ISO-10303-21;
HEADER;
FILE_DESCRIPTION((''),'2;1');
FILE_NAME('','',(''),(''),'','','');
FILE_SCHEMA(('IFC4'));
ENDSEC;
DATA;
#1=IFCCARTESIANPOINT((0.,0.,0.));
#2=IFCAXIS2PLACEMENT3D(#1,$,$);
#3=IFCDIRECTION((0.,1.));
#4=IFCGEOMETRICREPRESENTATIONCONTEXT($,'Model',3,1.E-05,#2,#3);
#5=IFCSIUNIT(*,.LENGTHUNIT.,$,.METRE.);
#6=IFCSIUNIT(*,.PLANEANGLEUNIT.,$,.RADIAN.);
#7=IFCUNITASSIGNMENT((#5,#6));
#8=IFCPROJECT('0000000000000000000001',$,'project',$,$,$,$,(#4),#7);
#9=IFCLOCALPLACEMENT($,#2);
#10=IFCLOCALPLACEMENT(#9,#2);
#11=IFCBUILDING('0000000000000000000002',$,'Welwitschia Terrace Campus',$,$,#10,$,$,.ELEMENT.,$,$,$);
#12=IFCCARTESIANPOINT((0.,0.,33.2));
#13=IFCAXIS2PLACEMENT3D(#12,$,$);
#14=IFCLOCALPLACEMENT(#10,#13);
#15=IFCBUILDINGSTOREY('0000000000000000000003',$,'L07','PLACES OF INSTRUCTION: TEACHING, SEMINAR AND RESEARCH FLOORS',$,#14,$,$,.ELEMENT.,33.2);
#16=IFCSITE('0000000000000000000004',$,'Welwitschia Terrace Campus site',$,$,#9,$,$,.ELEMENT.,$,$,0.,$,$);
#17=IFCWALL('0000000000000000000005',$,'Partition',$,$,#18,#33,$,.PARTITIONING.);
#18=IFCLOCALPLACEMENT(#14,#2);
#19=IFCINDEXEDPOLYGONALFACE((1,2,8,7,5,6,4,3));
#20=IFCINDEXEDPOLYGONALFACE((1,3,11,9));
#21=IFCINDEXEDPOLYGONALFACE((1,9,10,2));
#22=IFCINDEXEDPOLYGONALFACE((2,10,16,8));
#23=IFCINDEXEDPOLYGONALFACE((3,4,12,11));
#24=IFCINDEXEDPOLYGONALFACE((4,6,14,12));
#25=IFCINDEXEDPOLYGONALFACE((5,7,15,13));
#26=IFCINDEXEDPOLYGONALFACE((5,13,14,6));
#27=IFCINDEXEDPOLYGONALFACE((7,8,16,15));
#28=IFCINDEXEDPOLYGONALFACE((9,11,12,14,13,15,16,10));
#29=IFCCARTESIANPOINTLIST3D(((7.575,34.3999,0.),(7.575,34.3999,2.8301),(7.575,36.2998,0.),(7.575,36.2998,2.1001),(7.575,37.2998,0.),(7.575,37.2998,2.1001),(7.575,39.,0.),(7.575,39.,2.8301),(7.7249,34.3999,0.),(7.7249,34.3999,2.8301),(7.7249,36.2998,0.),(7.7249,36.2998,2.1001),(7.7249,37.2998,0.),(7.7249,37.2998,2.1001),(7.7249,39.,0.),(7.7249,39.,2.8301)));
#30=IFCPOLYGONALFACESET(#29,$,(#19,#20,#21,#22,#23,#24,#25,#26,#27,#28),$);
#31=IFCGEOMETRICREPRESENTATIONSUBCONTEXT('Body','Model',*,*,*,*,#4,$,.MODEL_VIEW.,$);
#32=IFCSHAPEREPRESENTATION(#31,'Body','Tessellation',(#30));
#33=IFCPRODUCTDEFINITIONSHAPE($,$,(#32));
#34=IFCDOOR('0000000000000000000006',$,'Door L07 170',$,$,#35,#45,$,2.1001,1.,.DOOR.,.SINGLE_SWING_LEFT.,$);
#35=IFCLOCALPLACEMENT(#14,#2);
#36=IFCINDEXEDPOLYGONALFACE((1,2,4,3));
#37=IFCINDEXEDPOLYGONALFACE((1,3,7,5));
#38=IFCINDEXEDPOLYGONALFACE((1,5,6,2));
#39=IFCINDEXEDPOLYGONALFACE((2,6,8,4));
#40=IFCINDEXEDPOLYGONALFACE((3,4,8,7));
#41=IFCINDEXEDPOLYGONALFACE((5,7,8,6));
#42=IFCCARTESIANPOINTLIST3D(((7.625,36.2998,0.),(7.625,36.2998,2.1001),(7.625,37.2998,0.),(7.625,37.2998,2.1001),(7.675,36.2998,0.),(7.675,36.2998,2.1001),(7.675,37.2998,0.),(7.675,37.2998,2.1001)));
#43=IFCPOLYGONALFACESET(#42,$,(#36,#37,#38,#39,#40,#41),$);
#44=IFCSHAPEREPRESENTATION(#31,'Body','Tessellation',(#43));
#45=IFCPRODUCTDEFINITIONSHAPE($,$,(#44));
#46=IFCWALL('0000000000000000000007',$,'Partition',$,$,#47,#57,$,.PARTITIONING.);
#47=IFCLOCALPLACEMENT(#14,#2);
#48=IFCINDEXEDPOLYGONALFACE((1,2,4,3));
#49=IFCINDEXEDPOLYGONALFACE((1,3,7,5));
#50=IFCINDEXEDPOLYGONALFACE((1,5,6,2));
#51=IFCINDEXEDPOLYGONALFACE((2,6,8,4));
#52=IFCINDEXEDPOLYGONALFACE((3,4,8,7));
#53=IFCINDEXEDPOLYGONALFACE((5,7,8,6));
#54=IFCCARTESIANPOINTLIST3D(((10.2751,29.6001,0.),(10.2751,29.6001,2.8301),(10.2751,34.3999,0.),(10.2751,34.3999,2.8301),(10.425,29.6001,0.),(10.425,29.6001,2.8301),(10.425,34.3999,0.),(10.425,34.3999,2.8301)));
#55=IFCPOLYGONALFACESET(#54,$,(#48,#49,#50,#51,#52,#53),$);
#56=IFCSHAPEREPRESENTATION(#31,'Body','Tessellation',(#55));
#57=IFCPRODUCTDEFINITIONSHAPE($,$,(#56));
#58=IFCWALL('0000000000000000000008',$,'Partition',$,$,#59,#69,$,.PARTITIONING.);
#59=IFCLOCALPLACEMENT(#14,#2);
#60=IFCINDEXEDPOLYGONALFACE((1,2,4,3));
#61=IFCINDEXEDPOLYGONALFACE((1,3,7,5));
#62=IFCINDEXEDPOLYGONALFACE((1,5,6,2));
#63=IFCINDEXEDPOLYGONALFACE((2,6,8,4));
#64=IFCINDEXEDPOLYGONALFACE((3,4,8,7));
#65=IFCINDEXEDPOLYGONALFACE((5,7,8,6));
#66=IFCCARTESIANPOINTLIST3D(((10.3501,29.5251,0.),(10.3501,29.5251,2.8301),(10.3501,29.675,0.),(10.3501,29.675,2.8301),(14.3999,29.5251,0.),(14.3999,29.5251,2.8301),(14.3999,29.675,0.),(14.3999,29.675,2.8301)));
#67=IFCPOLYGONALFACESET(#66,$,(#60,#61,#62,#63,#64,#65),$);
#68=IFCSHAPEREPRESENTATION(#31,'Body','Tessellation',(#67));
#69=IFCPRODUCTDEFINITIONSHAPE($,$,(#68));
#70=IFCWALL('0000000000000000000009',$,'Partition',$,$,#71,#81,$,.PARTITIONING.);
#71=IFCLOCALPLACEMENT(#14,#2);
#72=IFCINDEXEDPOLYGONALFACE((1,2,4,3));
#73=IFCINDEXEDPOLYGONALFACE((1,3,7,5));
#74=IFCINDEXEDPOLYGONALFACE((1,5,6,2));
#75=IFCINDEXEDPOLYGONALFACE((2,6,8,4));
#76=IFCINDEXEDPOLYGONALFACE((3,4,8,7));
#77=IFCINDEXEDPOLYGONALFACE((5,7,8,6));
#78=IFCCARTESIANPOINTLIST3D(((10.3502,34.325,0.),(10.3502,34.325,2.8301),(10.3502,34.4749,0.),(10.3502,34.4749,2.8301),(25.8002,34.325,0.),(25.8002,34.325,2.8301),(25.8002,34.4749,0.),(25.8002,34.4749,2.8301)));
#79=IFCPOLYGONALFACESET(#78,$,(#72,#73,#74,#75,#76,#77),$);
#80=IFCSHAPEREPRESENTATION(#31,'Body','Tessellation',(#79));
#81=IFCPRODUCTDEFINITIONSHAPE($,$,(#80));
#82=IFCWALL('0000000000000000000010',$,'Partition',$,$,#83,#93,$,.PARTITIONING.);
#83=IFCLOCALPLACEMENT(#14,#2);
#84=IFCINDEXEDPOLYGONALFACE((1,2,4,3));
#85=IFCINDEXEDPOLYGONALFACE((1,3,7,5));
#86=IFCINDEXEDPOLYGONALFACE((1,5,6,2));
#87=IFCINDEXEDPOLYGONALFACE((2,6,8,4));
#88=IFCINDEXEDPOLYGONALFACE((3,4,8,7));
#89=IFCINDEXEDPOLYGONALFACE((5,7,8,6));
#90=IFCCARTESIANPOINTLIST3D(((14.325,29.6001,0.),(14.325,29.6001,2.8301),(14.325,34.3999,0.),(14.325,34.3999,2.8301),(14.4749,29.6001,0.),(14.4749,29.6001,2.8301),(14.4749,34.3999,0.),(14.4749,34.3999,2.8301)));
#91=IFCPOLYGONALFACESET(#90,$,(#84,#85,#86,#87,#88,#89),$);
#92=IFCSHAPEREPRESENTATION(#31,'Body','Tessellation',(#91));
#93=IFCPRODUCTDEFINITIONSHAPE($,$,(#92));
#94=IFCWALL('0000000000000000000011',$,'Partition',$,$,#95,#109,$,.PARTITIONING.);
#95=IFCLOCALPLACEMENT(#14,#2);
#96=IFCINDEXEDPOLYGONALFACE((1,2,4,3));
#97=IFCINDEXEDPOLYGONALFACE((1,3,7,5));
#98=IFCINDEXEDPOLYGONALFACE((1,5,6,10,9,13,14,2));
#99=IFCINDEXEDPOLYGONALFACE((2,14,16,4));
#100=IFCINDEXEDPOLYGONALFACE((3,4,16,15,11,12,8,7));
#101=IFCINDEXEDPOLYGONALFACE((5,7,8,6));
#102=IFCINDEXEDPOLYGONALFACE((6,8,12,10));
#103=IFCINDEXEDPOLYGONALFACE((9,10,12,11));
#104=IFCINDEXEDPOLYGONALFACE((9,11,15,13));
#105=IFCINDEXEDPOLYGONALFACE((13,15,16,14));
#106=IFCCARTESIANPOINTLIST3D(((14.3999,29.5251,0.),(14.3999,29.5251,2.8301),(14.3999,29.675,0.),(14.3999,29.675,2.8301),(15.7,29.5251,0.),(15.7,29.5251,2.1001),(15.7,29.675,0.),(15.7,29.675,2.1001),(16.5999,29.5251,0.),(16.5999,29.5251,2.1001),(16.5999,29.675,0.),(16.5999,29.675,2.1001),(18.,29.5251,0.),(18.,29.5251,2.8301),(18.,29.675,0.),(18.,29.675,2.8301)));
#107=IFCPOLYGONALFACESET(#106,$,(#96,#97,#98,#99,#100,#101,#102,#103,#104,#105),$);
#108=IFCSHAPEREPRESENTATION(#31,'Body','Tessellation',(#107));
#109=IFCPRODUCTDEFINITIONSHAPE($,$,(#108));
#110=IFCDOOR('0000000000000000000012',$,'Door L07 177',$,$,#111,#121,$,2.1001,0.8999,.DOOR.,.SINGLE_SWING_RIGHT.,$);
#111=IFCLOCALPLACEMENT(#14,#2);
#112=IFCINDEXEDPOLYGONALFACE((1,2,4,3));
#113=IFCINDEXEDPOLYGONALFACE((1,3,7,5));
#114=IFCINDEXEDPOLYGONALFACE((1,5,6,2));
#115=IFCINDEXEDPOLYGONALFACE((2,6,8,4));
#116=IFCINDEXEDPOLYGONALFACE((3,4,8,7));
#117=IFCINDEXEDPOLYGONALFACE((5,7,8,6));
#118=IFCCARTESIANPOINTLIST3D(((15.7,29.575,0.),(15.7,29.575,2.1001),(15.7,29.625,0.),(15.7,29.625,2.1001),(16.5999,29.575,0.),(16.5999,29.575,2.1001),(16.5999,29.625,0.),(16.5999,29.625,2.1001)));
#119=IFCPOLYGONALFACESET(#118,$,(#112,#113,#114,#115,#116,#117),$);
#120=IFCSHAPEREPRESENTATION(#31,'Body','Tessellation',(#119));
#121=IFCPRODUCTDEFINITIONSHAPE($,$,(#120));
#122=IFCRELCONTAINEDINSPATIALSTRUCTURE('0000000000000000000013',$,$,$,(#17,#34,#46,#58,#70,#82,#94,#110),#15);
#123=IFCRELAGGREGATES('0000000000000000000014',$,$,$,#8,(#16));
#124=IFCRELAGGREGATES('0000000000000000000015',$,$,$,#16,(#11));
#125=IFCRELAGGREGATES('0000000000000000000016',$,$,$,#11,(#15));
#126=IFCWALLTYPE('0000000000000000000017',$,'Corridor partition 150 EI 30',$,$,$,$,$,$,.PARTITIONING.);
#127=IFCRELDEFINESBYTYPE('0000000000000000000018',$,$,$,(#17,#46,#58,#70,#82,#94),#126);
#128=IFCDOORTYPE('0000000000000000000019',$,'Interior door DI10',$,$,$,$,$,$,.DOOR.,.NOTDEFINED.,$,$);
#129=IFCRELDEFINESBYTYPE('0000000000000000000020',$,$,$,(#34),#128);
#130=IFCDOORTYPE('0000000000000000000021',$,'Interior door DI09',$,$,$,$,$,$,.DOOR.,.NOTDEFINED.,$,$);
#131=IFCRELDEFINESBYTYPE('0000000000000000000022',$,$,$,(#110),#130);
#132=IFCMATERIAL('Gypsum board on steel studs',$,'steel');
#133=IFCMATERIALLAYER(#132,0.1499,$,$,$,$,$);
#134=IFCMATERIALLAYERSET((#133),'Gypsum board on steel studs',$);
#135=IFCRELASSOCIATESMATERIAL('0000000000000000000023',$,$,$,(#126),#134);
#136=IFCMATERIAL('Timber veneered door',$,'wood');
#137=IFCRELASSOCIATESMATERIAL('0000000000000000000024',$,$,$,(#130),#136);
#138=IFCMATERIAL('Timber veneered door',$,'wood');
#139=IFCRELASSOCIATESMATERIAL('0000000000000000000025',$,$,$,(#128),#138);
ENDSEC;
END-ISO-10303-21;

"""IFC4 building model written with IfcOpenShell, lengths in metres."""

from ifc_helpers import new_model, si_unit, direction, frame, frame_2d, origin, place, context, subcontext, project, spatial, rectangle, extrude, material, layer, layer_set, type_object, element, fill, save


model = new_model("IFC4")

# Units and contexts
model_context = context("Model", 3, precision=1e-05, world=origin(), true_north=direction((0.0, 1.0)))
body_context = subcontext(model_context, "Body", "Model", "MODEL_VIEW")
ifc_project = project(units=[si_unit("LENGTHUNIT", "METRE"), si_unit("PLANEANGLEUNIT", "RADIAN")], contexts=[model_context])

# Site, building, storey
site_placement = place(None, origin())
site = spatial("IfcSite", under=ifc_project, at=site_placement, Name="Welwitschia Terrace Campus site", CompositionType="ELEMENT", RefElevation=0.0)
building_placement = place(site_placement, origin())
building = spatial("IfcBuilding", under=site, at=building_placement, Name="Welwitschia Terrace Campus", CompositionType="ELEMENT")
storey_placement = place(building_placement, frame((0.0, 0.0, 33.2)))
storey = spatial("IfcBuildingStorey", under=building, at=storey_placement, Name="L07", Description="PLACES OF INSTRUCTION: TEACHING, SEMINAR AND RESEARCH FLOORS", CompositionType="ELEMENT", Elevation=33.2)

# Shared definitions
ifc_material_1 = material(Name="Gypsum board on steel studs", Category="steel")
ifc_layer_1 = layer(ifc_material_1, 0.1499)
ifc_layer_set_1 = layer_set([ifc_layer_1], Name="Gypsum board on steel studs")
wall_type = type_object("IfcWallType", Name="Corridor partition 150 EI 30", PredefinedType="PARTITIONING", material=ifc_layer_set_1)

# Wall, opening, door
ifc_material_2 = material(Name="Timber veneered door", Category="wood")
door_type_1 = type_object("IfcDoorType", Name="Interior door DI09", OperationType="NOTDEFINED", PredefinedType="DOOR", material=ifc_material_2)
wall_1_placement = place(storey_placement, frame((7.6499, 34.3999, 0.0), z_axis=(0.0, 0.0, 1.0), x_axis=(0.0, 1.0, 0.0)))
wall_1 = element("IfcWall", 1, at=wall_1_placement, inside=storey, type_object=wall_type, Name="Partition", PredefinedType="PARTITIONING", context=body_context, shape_type="SweptSolid", body=[
    extrude(rectangle(XDim=4.6001, YDim=0.1499, at=frame_2d((2.3, 0.0))), origin(), (0.0, 0.0, 1.0), 2.8301),
])
opening_1_placement = place(wall_1_placement, frame((1.8999, 0.0, 0.0)))
opening_1 = element("IfcOpeningElement", 2, at=opening_1_placement, cuts=wall_1, PredefinedType="OPENING", context=body_context, shape_type="SweptSolid", body=[
    extrude(rectangle(XDim=1.0, YDim=2.1001, at=frame_2d((0.5, 1.05))), frame((0.0, 0.085, 0.0), z_axis=(0.0, -1.0, 0.0), x_axis=(1.0, 0.0, 0.0)), (0.0, 0.0, 1.0), 0.1699),
])
ifc_material_3 = material(Name="Timber veneered door", Category="wood")
door_type_2 = type_object("IfcDoorType", Name="Interior door DI10", OperationType="NOTDEFINED", PredefinedType="DOOR", material=ifc_material_3)
door_1_placement = place(opening_1_placement, origin())
door_1 = element("IfcDoor", 3, at=door_1_placement, inside=storey, type_object=door_type_2, Name="Door L07 170", OperationType="SINGLE_SWING_LEFT", OverallHeight=2.1001, OverallWidth=1.0, PredefinedType="DOOR", context=body_context, shape_type="SweptSolid", body=[
    extrude(rectangle(XDim=1.0, YDim=2.1001, at=frame_2d((0.5, 1.05))), frame((0.0, 0.0249, 0.0), z_axis=(0.0, -1.0, 0.0), x_axis=(1.0, 0.0, 0.0)), (0.0, 0.0, 1.0), 0.05),
])
fill(opening_1, door_1)

# Walls
wall_2_placement = place(storey_placement, frame((10.3501, 29.6001, 0.0), z_axis=(0.0, 0.0, 1.0), x_axis=(0.0, 1.0, 0.0)))
element("IfcWall", 4, at=wall_2_placement, inside=storey, type_object=wall_type, Name="Partition", PredefinedType="PARTITIONING", context=body_context, shape_type="SweptSolid", body=[
    extrude(rectangle(XDim=4.7998, YDim=0.1499, at=frame_2d((2.3999, 0.0))), origin(), (0.0, 0.0, 1.0), 2.8301),
])
wall_3_placement = place(storey_placement, frame((10.3501, 29.6001, 0.0), z_axis=(0.0, 0.0, 1.0), x_axis=(1.0, 0.0, 0.0)))
element("IfcWall", 5, at=wall_3_placement, inside=storey, type_object=wall_type, Name="Partition", PredefinedType="PARTITIONING", context=body_context, shape_type="SweptSolid", body=[
    extrude(rectangle(XDim=4.0498, YDim=0.1499, at=frame_2d((2.0249, 0.0))), origin(), (0.0, 0.0, 1.0), 2.8301),
])
wall_4_placement = place(storey_placement, frame((10.3501, 34.3999, 0.0), z_axis=(0.0, 0.0, 1.0), x_axis=(1.0, 0.0, 0.0)))
element("IfcWall", 6, at=wall_4_placement, inside=storey, type_object=wall_type, Name="Partition", PredefinedType="PARTITIONING", context=body_context, shape_type="SweptSolid", body=[
    extrude(rectangle(XDim=15.45, YDim=0.1499, at=frame_2d((7.7251, 0.0))), origin(), (0.0, 0.0, 1.0), 2.8301),
])
wall_5_placement = place(storey_placement, frame((14.3999, 29.6001, 0.0), z_axis=(0.0, 0.0, 1.0), x_axis=(0.0, 1.0, 0.0)))
element("IfcWall", 7, at=wall_5_placement, inside=storey, type_object=wall_type, Name="Partition", PredefinedType="PARTITIONING", context=body_context, shape_type="SweptSolid", body=[
    extrude(rectangle(XDim=4.7998, YDim=0.1499, at=frame_2d((2.3999, 0.0))), origin(), (0.0, 0.0, 1.0), 2.8301),
])

# Wall, opening, door
wall_6_placement = place(storey_placement, frame((14.3999, 29.6001, 0.0), z_axis=(0.0, 0.0, 1.0), x_axis=(1.0, 0.0, 0.0)))
wall_6 = element("IfcWall", 8, at=wall_6_placement, inside=storey, type_object=wall_type, Name="Partition", PredefinedType="PARTITIONING", context=body_context, shape_type="SweptSolid", body=[
    extrude(rectangle(XDim=3.6001, YDim=0.1499, at=frame_2d((1.8, 0.0))), origin(), (0.0, 0.0, 1.0), 2.8301),
])
opening_2_placement = place(wall_6_placement, frame((1.3, 0.0, 0.0)))
opening_2 = element("IfcOpeningElement", 9, at=opening_2_placement, cuts=wall_6, PredefinedType="OPENING", context=body_context, shape_type="SweptSolid", body=[
    extrude(rectangle(XDim=0.8999, YDim=2.1001, at=frame_2d((0.45, 1.05))), frame((0.0, 0.085, 0.0), z_axis=(0.0, -1.0, 0.0), x_axis=(1.0, 0.0, 0.0)), (0.0, 0.0, 1.0), 0.1699),
])
door_2_placement = place(opening_2_placement, origin())
door_2 = element("IfcDoor", 10, at=door_2_placement, inside=storey, type_object=door_type_1, Name="Door L07 177", OperationType="SINGLE_SWING_RIGHT", OverallHeight=2.1001, OverallWidth=0.8999, PredefinedType="DOOR", context=body_context, shape_type="SweptSolid", body=[
    extrude(rectangle(XDim=0.8999, YDim=2.1001, at=frame_2d((0.45, 1.05))), frame((0.0, 0.0249, 0.0), z_axis=(0.0, -1.0, 0.0), x_axis=(1.0, 0.0, 0.0)), (0.0, 0.0, 1.0), 0.05),
])
fill(opening_2, door_2)

save(model, "model.ifc")
